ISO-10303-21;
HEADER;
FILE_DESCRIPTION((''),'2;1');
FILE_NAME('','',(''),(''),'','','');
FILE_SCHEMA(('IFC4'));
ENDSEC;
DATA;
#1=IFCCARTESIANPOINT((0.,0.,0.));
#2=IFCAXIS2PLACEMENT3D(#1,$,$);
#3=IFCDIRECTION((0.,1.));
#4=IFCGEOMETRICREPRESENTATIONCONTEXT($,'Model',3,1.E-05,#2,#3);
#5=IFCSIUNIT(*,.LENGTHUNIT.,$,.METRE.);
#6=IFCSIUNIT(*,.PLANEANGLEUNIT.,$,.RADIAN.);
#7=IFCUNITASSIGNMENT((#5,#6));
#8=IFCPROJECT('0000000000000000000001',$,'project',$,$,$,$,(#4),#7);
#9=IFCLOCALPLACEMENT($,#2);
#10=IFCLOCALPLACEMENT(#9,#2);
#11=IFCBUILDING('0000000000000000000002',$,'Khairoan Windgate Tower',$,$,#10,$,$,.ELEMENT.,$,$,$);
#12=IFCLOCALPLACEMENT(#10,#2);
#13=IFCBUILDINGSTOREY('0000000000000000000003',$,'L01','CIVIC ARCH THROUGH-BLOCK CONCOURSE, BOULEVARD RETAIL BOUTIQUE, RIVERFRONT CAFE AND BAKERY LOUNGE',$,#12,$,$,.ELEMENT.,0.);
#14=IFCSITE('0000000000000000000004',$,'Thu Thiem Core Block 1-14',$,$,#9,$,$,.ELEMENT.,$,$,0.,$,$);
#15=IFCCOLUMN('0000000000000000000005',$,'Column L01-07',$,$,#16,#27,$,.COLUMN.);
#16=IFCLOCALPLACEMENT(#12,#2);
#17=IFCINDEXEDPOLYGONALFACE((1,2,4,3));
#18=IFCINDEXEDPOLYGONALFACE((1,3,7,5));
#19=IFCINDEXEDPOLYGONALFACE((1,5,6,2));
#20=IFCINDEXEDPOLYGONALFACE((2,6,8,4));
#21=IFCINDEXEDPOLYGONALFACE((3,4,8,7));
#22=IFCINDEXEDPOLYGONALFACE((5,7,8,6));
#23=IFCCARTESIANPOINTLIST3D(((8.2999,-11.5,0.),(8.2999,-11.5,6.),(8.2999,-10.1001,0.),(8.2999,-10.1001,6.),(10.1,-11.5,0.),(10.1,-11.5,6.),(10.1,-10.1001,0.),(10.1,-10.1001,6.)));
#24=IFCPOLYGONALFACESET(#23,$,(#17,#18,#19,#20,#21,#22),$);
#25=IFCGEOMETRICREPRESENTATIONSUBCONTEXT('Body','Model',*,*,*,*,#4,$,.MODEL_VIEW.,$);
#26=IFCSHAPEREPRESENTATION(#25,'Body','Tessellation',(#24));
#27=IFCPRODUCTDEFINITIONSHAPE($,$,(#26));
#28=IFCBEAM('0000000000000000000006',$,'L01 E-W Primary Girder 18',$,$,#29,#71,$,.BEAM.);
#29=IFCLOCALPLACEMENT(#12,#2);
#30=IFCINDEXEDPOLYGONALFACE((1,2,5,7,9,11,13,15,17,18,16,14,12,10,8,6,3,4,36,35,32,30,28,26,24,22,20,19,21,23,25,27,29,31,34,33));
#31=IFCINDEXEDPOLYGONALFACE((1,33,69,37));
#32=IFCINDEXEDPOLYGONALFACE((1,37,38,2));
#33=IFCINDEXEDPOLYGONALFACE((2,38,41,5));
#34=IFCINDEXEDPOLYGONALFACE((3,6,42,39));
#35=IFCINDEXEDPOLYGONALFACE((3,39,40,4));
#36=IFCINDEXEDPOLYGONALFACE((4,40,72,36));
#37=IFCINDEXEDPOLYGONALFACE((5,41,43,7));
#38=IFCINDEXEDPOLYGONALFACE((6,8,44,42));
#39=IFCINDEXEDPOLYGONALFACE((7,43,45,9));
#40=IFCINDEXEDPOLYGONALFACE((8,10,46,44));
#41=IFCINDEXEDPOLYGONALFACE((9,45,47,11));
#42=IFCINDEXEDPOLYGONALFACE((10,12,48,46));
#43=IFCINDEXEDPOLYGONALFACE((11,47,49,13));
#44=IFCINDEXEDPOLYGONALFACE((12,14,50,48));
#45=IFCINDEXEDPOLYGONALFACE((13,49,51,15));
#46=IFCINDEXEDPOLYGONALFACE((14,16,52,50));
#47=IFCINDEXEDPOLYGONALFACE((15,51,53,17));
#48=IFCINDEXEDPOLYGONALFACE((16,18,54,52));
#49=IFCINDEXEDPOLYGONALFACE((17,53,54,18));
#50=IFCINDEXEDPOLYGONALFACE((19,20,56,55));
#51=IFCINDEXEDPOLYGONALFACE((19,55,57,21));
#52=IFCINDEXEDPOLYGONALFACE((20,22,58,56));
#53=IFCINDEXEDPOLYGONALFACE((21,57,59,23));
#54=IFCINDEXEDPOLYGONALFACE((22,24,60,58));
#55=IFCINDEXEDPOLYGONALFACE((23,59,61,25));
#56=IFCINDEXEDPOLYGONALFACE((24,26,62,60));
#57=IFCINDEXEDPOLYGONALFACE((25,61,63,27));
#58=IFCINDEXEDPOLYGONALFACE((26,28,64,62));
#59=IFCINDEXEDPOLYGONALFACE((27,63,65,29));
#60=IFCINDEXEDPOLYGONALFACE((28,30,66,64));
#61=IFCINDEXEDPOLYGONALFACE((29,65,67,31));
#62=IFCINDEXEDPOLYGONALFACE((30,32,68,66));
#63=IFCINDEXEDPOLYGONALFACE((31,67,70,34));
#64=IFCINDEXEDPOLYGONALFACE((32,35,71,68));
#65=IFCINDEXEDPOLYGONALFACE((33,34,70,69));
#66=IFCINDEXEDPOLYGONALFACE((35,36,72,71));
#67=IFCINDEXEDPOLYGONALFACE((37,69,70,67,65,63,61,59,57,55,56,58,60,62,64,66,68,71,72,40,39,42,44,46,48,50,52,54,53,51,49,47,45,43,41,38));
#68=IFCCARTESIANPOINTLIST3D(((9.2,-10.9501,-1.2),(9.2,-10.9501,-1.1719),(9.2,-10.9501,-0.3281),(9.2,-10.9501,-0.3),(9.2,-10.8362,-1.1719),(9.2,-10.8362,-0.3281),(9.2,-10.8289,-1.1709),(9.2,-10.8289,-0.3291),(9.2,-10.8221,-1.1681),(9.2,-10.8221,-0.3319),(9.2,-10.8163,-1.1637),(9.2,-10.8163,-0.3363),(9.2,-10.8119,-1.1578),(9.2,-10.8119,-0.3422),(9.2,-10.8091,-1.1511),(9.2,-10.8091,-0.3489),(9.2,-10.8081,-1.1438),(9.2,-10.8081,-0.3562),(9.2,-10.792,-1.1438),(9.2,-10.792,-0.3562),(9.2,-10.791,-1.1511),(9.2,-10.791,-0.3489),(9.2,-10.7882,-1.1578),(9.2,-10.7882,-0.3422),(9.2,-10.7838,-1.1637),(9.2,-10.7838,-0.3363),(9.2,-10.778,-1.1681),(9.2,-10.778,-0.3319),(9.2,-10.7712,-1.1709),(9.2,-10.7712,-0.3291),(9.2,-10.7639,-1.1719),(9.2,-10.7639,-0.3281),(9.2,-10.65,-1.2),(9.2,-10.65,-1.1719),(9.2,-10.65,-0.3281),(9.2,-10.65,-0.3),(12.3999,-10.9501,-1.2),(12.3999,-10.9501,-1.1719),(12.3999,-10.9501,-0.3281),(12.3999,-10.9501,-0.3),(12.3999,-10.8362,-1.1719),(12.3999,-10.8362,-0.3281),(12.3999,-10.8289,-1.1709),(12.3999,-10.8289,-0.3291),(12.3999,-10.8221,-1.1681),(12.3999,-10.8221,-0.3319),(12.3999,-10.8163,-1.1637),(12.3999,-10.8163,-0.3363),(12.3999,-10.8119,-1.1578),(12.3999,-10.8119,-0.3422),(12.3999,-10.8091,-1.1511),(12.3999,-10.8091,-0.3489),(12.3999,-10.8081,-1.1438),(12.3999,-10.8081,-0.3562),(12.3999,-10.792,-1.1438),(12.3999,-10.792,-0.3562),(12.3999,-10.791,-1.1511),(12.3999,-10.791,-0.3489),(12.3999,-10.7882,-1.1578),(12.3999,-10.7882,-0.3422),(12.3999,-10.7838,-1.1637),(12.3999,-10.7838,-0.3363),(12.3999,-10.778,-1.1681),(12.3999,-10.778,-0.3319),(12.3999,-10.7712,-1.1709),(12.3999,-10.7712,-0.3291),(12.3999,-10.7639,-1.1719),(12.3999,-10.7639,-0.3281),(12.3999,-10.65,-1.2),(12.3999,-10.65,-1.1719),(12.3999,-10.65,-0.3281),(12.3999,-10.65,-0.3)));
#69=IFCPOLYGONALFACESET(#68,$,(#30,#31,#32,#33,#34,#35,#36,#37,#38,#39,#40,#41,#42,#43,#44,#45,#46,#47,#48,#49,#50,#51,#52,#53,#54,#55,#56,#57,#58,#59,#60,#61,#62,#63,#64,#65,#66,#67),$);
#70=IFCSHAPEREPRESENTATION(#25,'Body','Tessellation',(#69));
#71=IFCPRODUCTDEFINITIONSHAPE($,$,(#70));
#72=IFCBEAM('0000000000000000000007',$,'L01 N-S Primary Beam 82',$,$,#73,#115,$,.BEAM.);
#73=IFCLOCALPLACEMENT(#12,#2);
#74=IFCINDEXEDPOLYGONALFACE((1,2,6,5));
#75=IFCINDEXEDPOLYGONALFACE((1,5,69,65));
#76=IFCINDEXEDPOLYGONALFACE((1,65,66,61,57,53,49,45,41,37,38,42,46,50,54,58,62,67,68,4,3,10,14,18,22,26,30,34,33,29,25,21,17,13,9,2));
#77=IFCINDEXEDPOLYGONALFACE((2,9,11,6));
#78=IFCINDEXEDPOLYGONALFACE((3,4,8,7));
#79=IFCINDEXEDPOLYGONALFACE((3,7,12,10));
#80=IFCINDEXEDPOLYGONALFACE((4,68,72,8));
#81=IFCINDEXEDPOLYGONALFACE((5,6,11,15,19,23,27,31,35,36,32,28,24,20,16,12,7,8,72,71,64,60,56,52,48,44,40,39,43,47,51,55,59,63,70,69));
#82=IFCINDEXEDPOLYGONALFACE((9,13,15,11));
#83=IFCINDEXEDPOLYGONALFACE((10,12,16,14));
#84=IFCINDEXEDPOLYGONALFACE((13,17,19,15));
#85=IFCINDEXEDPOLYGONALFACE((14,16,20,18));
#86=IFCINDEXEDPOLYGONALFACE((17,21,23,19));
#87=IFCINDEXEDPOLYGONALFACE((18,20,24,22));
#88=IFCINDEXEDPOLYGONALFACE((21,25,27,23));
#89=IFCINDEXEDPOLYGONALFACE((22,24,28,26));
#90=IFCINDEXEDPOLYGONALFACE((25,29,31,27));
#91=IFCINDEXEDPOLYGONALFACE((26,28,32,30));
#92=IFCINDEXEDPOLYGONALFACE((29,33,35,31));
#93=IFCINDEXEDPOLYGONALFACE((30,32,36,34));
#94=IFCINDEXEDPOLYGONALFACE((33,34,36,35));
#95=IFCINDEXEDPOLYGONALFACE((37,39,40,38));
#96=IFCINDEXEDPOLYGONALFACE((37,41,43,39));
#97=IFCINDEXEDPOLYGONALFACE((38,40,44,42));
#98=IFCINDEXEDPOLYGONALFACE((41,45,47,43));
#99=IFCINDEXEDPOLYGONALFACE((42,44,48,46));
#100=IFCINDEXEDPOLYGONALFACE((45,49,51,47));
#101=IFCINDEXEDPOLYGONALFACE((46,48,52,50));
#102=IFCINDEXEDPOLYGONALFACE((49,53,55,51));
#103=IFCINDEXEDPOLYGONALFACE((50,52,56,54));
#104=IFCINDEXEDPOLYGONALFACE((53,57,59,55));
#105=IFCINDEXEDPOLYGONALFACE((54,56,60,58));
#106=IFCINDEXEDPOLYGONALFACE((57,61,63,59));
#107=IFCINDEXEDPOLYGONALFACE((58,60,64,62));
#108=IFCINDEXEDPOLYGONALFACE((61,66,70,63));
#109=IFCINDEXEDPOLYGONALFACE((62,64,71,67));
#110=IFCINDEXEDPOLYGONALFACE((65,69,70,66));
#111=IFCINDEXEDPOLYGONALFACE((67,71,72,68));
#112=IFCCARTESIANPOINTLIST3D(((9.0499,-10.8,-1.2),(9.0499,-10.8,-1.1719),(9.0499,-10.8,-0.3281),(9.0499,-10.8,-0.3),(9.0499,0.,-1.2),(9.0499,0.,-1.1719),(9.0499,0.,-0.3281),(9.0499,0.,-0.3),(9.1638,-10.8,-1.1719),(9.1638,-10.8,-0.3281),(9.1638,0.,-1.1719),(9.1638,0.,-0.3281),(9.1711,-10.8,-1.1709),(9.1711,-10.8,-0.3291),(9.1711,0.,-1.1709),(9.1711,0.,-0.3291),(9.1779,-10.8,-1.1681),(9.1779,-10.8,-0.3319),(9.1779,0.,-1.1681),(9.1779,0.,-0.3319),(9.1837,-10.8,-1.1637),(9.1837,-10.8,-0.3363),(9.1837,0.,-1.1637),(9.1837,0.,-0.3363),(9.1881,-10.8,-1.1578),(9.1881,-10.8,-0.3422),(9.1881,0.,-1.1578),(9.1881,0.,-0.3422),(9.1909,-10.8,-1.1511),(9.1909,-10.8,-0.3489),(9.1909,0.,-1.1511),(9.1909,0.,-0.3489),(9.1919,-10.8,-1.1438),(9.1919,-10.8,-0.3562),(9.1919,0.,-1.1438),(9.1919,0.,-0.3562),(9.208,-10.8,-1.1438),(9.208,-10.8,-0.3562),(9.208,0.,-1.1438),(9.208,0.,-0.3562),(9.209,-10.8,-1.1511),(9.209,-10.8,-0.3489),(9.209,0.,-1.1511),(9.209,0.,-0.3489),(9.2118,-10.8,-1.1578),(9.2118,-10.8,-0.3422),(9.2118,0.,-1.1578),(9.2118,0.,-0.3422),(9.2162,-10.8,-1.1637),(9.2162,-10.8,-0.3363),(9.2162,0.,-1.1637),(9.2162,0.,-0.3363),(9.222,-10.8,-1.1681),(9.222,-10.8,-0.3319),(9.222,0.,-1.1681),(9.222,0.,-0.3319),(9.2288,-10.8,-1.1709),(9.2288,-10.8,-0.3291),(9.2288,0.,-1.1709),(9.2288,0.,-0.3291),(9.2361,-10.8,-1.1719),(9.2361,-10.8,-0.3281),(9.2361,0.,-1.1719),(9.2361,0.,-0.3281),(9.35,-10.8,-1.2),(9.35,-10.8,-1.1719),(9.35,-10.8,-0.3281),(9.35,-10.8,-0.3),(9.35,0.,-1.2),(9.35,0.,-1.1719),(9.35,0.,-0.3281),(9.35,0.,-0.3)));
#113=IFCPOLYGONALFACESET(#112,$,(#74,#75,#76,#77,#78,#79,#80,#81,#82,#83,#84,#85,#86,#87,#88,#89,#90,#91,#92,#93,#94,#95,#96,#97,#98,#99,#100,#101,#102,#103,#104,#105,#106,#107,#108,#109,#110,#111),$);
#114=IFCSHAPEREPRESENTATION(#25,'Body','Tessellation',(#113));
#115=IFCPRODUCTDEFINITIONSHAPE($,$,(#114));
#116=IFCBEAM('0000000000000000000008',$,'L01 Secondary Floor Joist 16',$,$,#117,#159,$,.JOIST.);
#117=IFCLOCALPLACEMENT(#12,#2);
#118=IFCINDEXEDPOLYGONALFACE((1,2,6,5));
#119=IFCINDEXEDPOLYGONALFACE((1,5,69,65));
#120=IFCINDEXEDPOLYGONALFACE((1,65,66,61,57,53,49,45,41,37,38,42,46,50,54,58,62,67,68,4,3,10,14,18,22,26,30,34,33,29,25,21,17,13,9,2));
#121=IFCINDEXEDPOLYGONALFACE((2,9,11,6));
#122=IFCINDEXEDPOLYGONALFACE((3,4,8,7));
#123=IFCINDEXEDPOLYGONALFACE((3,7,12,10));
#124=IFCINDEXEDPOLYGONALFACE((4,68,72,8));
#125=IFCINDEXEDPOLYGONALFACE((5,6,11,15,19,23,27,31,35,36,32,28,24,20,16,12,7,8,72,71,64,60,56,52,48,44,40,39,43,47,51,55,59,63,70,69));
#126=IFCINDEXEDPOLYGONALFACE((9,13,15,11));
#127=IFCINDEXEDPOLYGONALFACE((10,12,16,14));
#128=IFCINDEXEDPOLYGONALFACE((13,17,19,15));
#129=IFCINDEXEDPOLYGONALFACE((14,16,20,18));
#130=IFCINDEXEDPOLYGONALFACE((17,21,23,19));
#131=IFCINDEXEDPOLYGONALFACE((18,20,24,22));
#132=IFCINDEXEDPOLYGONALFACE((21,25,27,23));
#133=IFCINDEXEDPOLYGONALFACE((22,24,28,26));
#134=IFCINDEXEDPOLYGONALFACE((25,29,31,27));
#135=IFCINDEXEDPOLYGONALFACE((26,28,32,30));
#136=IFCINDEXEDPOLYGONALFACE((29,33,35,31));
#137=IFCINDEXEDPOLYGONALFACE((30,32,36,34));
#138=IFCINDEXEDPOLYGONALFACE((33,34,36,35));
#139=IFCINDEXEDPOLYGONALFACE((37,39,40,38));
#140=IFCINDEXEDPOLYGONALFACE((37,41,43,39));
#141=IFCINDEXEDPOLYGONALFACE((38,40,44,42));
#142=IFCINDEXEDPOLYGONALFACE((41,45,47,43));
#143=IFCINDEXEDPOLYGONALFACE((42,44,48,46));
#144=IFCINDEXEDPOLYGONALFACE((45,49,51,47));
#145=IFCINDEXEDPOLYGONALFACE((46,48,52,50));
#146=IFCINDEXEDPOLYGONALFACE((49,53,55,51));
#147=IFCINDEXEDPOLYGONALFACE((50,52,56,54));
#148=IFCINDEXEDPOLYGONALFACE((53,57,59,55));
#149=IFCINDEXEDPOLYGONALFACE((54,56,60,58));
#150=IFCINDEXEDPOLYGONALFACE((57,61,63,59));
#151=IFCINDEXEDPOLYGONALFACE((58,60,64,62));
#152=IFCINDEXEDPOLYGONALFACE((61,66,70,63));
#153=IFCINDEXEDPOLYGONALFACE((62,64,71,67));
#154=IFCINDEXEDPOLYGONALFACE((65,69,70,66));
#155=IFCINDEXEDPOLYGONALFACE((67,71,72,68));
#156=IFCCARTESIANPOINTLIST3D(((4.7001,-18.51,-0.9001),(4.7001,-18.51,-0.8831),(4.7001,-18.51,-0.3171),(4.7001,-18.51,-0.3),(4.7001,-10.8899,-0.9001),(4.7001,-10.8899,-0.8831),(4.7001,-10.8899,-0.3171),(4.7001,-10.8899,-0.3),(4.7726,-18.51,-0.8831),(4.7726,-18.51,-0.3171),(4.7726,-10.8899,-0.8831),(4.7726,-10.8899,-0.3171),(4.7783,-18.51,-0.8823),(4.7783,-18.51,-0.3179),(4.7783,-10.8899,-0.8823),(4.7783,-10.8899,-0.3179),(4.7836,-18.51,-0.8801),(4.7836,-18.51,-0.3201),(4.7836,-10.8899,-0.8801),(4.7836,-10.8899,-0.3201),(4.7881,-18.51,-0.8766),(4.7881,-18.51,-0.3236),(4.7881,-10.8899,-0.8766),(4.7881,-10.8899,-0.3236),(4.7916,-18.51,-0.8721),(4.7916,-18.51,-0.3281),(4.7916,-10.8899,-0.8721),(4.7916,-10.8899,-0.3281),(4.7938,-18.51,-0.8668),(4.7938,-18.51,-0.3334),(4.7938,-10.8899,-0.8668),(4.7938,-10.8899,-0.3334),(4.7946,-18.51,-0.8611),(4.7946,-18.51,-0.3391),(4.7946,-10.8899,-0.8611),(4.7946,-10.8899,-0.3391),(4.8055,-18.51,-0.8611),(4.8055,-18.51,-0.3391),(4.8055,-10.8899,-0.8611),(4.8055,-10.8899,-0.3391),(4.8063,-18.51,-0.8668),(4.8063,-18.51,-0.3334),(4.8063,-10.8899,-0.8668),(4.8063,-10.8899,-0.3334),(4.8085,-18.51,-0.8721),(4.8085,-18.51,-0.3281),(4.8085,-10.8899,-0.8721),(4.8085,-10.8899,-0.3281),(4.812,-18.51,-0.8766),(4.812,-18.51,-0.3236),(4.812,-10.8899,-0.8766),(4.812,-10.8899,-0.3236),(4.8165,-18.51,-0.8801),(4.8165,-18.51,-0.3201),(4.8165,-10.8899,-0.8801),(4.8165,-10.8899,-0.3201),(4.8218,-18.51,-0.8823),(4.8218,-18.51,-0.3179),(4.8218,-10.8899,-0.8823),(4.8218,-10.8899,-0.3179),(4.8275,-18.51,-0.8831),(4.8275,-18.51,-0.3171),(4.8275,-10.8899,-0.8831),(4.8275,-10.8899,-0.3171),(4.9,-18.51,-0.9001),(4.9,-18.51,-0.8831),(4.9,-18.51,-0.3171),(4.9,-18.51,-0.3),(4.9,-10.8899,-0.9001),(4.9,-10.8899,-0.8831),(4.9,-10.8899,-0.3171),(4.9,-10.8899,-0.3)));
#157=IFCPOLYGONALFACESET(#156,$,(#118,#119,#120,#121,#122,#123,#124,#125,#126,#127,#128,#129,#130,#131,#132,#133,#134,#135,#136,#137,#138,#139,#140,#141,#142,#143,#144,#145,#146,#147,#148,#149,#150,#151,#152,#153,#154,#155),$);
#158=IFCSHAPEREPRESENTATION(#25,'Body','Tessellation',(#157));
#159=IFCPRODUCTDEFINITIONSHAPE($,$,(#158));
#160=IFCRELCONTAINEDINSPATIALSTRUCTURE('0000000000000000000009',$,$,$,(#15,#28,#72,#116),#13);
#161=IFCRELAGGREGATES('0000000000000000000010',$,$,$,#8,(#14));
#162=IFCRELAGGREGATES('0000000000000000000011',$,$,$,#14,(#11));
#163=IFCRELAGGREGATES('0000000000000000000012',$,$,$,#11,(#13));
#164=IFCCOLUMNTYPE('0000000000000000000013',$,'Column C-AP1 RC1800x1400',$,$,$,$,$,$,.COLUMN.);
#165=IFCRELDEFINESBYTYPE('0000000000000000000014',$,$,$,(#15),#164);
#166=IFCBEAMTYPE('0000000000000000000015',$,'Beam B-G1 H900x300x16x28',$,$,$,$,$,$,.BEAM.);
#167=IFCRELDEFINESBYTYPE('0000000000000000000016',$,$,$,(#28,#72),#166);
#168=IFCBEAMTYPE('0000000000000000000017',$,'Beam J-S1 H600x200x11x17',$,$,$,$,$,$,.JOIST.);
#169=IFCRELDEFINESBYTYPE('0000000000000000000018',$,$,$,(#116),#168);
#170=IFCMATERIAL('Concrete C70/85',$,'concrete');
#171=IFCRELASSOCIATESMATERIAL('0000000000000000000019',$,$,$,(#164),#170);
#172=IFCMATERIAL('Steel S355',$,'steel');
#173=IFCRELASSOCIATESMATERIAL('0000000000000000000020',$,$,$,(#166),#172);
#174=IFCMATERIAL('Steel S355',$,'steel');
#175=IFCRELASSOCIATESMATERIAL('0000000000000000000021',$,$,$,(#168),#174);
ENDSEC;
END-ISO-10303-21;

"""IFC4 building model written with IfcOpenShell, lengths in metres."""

from ifc_helpers import new_model, si_unit, direction, frame, origin, origin_2d, place, context, subcontext, project, spatial, rectangle, i_section, extrude, material, material_profile, profile_set, type_object, element, save


model = new_model("IFC4")

# Units and contexts
model_context = context("Model", 3, precision=1e-05, world=origin(), true_north=direction((0.0, 1.0)))
body_context = subcontext(model_context, "Body", "Model", "MODEL_VIEW")
ifc_project = project(units=[si_unit("LENGTHUNIT", "METRE"), si_unit("PLANEANGLEUNIT", "RADIAN")], contexts=[model_context])

# Site, building, storey
site_placement = place(None, origin())
site = spatial("IfcSite", under=ifc_project, at=site_placement, Name="Thu Thiem Core Block 1-14", CompositionType="ELEMENT", RefElevation=0.0)
building_placement = place(site_placement, origin())
building = spatial("IfcBuilding", under=site, at=building_placement, Name="Khairoan Windgate Tower", CompositionType="ELEMENT")
storey_placement = place(building_placement, origin())
storey = spatial("IfcBuildingStorey", under=building, at=storey_placement, Name="L01", Description="CIVIC ARCH THROUGH-BLOCK CONCOURSE, BOULEVARD RETAIL BOUTIQUE, RIVERFRONT CAFE AND BAKERY LOUNGE", CompositionType="ELEMENT", Elevation=0.0)

# Column
ifc_material_1 = material(Name="Concrete C70/85", Category="concrete")
ifc_material_profile_1 = material_profile(ifc_material_1, rectangle(XDim=1.8, YDim=1.3999, at=origin_2d()))
ifc_profile_set_1 = profile_set([ifc_material_profile_1], Name="Concrete C70/85")
column_type = type_object("IfcColumnType", Name="Column C-AP1 RC1800x1400", PredefinedType="COLUMN", material=ifc_profile_set_1)
column_placement = place(storey_placement, frame((9.2, -10.8, 0.0), z_axis=(0.0, 0.0, 1.0), x_axis=(1.0, 0.0, 0.0)))
element("IfcColumn", 1, at=column_placement, inside=storey, type_object=column_type, Name="Column L01-07", PredefinedType="COLUMN", context=body_context, shape_type="SweptSolid", body=[
    extrude(rectangle(XDim=1.8, YDim=1.3999, at=origin_2d()), origin(), (0.0, 0.0, 1.0), 6.0),
])

# Beams
ifc_material_2 = material(Name="Steel S355", Category="steel")
ifc_material_profile_2 = material_profile(ifc_material_2, i_section(OverallWidth=0.3, OverallDepth=0.8999, WebThickness=0.0161, FlangeThickness=0.0281, FilletRadius=0.0281, at=origin_2d()))
ifc_profile_set_2 = profile_set([ifc_material_profile_2], Name="Steel S355")
beam_type_1 = type_object("IfcBeamType", Name="Beam B-G1 H900x300x16x28", PredefinedType="BEAM", material=ifc_profile_set_2)
beam_1_placement = place(storey_placement, frame((9.2, -10.8, -0.75), z_axis=(1.0, 0.0, 0.0), x_axis=(0.0, 1.0, 0.0)))
element("IfcBeam", 2, at=beam_1_placement, inside=storey, type_object=beam_type_1, Name="L01 E-W Primary Girder 18", PredefinedType="BEAM", context=body_context, shape_type="SweptSolid", body=[
    extrude(i_section(OverallWidth=0.3, OverallDepth=0.8999, WebThickness=0.0161, FlangeThickness=0.0281, FilletRadius=0.0281, at=origin_2d()), origin(), (0.0, 0.0, 1.0), 3.2),
])
beam_2_placement = place(storey_placement, frame((9.2, -10.8, -0.75), z_axis=(0.0, 1.0, 0.0), x_axis=(-1.0, 0.0, 0.0)))
element("IfcBeam", 3, at=beam_2_placement, inside=storey, type_object=beam_type_1, Name="L01 N-S Primary Beam 82", PredefinedType="BEAM", context=body_context, shape_type="SweptSolid", body=[
    extrude(i_section(OverallWidth=0.3, OverallDepth=0.8999, WebThickness=0.0161, FlangeThickness=0.0281, FilletRadius=0.0281, at=origin_2d()), origin(), (0.0, 0.0, 1.0), 10.8),
])
ifc_material_3 = material(Name="Steel S355", Category="steel")
ifc_material_profile_3 = material_profile(ifc_material_3, i_section(OverallWidth=0.2, OverallDepth=0.6001, WebThickness=0.011, FlangeThickness=0.0171, FilletRadius=0.022, at=origin_2d()))
ifc_profile_set_3 = profile_set([ifc_material_profile_3], Name="Steel S355")
beam_type_2 = type_object("IfcBeamType", Name="Beam J-S1 H600x200x11x17", PredefinedType="JOIST", material=ifc_profile_set_3)
beam_3_placement = place(storey_placement, frame((4.8, -18.51, -0.6001), z_axis=(0.0, 1.0, 0.0), x_axis=(-1.0, 0.0, 0.0)))
element("IfcBeam", 4, at=beam_3_placement, inside=storey, type_object=beam_type_2, Name="L01 Secondary Floor Joist 16", PredefinedType="JOIST", context=body_context, shape_type="SweptSolid", body=[
    extrude(i_section(OverallWidth=0.2, OverallDepth=0.6001, WebThickness=0.011, FlangeThickness=0.0171, FilletRadius=0.022, at=origin_2d()), origin(), (0.0, 0.0, 1.0), 7.6201),
])

save(model, "model.ifc")
